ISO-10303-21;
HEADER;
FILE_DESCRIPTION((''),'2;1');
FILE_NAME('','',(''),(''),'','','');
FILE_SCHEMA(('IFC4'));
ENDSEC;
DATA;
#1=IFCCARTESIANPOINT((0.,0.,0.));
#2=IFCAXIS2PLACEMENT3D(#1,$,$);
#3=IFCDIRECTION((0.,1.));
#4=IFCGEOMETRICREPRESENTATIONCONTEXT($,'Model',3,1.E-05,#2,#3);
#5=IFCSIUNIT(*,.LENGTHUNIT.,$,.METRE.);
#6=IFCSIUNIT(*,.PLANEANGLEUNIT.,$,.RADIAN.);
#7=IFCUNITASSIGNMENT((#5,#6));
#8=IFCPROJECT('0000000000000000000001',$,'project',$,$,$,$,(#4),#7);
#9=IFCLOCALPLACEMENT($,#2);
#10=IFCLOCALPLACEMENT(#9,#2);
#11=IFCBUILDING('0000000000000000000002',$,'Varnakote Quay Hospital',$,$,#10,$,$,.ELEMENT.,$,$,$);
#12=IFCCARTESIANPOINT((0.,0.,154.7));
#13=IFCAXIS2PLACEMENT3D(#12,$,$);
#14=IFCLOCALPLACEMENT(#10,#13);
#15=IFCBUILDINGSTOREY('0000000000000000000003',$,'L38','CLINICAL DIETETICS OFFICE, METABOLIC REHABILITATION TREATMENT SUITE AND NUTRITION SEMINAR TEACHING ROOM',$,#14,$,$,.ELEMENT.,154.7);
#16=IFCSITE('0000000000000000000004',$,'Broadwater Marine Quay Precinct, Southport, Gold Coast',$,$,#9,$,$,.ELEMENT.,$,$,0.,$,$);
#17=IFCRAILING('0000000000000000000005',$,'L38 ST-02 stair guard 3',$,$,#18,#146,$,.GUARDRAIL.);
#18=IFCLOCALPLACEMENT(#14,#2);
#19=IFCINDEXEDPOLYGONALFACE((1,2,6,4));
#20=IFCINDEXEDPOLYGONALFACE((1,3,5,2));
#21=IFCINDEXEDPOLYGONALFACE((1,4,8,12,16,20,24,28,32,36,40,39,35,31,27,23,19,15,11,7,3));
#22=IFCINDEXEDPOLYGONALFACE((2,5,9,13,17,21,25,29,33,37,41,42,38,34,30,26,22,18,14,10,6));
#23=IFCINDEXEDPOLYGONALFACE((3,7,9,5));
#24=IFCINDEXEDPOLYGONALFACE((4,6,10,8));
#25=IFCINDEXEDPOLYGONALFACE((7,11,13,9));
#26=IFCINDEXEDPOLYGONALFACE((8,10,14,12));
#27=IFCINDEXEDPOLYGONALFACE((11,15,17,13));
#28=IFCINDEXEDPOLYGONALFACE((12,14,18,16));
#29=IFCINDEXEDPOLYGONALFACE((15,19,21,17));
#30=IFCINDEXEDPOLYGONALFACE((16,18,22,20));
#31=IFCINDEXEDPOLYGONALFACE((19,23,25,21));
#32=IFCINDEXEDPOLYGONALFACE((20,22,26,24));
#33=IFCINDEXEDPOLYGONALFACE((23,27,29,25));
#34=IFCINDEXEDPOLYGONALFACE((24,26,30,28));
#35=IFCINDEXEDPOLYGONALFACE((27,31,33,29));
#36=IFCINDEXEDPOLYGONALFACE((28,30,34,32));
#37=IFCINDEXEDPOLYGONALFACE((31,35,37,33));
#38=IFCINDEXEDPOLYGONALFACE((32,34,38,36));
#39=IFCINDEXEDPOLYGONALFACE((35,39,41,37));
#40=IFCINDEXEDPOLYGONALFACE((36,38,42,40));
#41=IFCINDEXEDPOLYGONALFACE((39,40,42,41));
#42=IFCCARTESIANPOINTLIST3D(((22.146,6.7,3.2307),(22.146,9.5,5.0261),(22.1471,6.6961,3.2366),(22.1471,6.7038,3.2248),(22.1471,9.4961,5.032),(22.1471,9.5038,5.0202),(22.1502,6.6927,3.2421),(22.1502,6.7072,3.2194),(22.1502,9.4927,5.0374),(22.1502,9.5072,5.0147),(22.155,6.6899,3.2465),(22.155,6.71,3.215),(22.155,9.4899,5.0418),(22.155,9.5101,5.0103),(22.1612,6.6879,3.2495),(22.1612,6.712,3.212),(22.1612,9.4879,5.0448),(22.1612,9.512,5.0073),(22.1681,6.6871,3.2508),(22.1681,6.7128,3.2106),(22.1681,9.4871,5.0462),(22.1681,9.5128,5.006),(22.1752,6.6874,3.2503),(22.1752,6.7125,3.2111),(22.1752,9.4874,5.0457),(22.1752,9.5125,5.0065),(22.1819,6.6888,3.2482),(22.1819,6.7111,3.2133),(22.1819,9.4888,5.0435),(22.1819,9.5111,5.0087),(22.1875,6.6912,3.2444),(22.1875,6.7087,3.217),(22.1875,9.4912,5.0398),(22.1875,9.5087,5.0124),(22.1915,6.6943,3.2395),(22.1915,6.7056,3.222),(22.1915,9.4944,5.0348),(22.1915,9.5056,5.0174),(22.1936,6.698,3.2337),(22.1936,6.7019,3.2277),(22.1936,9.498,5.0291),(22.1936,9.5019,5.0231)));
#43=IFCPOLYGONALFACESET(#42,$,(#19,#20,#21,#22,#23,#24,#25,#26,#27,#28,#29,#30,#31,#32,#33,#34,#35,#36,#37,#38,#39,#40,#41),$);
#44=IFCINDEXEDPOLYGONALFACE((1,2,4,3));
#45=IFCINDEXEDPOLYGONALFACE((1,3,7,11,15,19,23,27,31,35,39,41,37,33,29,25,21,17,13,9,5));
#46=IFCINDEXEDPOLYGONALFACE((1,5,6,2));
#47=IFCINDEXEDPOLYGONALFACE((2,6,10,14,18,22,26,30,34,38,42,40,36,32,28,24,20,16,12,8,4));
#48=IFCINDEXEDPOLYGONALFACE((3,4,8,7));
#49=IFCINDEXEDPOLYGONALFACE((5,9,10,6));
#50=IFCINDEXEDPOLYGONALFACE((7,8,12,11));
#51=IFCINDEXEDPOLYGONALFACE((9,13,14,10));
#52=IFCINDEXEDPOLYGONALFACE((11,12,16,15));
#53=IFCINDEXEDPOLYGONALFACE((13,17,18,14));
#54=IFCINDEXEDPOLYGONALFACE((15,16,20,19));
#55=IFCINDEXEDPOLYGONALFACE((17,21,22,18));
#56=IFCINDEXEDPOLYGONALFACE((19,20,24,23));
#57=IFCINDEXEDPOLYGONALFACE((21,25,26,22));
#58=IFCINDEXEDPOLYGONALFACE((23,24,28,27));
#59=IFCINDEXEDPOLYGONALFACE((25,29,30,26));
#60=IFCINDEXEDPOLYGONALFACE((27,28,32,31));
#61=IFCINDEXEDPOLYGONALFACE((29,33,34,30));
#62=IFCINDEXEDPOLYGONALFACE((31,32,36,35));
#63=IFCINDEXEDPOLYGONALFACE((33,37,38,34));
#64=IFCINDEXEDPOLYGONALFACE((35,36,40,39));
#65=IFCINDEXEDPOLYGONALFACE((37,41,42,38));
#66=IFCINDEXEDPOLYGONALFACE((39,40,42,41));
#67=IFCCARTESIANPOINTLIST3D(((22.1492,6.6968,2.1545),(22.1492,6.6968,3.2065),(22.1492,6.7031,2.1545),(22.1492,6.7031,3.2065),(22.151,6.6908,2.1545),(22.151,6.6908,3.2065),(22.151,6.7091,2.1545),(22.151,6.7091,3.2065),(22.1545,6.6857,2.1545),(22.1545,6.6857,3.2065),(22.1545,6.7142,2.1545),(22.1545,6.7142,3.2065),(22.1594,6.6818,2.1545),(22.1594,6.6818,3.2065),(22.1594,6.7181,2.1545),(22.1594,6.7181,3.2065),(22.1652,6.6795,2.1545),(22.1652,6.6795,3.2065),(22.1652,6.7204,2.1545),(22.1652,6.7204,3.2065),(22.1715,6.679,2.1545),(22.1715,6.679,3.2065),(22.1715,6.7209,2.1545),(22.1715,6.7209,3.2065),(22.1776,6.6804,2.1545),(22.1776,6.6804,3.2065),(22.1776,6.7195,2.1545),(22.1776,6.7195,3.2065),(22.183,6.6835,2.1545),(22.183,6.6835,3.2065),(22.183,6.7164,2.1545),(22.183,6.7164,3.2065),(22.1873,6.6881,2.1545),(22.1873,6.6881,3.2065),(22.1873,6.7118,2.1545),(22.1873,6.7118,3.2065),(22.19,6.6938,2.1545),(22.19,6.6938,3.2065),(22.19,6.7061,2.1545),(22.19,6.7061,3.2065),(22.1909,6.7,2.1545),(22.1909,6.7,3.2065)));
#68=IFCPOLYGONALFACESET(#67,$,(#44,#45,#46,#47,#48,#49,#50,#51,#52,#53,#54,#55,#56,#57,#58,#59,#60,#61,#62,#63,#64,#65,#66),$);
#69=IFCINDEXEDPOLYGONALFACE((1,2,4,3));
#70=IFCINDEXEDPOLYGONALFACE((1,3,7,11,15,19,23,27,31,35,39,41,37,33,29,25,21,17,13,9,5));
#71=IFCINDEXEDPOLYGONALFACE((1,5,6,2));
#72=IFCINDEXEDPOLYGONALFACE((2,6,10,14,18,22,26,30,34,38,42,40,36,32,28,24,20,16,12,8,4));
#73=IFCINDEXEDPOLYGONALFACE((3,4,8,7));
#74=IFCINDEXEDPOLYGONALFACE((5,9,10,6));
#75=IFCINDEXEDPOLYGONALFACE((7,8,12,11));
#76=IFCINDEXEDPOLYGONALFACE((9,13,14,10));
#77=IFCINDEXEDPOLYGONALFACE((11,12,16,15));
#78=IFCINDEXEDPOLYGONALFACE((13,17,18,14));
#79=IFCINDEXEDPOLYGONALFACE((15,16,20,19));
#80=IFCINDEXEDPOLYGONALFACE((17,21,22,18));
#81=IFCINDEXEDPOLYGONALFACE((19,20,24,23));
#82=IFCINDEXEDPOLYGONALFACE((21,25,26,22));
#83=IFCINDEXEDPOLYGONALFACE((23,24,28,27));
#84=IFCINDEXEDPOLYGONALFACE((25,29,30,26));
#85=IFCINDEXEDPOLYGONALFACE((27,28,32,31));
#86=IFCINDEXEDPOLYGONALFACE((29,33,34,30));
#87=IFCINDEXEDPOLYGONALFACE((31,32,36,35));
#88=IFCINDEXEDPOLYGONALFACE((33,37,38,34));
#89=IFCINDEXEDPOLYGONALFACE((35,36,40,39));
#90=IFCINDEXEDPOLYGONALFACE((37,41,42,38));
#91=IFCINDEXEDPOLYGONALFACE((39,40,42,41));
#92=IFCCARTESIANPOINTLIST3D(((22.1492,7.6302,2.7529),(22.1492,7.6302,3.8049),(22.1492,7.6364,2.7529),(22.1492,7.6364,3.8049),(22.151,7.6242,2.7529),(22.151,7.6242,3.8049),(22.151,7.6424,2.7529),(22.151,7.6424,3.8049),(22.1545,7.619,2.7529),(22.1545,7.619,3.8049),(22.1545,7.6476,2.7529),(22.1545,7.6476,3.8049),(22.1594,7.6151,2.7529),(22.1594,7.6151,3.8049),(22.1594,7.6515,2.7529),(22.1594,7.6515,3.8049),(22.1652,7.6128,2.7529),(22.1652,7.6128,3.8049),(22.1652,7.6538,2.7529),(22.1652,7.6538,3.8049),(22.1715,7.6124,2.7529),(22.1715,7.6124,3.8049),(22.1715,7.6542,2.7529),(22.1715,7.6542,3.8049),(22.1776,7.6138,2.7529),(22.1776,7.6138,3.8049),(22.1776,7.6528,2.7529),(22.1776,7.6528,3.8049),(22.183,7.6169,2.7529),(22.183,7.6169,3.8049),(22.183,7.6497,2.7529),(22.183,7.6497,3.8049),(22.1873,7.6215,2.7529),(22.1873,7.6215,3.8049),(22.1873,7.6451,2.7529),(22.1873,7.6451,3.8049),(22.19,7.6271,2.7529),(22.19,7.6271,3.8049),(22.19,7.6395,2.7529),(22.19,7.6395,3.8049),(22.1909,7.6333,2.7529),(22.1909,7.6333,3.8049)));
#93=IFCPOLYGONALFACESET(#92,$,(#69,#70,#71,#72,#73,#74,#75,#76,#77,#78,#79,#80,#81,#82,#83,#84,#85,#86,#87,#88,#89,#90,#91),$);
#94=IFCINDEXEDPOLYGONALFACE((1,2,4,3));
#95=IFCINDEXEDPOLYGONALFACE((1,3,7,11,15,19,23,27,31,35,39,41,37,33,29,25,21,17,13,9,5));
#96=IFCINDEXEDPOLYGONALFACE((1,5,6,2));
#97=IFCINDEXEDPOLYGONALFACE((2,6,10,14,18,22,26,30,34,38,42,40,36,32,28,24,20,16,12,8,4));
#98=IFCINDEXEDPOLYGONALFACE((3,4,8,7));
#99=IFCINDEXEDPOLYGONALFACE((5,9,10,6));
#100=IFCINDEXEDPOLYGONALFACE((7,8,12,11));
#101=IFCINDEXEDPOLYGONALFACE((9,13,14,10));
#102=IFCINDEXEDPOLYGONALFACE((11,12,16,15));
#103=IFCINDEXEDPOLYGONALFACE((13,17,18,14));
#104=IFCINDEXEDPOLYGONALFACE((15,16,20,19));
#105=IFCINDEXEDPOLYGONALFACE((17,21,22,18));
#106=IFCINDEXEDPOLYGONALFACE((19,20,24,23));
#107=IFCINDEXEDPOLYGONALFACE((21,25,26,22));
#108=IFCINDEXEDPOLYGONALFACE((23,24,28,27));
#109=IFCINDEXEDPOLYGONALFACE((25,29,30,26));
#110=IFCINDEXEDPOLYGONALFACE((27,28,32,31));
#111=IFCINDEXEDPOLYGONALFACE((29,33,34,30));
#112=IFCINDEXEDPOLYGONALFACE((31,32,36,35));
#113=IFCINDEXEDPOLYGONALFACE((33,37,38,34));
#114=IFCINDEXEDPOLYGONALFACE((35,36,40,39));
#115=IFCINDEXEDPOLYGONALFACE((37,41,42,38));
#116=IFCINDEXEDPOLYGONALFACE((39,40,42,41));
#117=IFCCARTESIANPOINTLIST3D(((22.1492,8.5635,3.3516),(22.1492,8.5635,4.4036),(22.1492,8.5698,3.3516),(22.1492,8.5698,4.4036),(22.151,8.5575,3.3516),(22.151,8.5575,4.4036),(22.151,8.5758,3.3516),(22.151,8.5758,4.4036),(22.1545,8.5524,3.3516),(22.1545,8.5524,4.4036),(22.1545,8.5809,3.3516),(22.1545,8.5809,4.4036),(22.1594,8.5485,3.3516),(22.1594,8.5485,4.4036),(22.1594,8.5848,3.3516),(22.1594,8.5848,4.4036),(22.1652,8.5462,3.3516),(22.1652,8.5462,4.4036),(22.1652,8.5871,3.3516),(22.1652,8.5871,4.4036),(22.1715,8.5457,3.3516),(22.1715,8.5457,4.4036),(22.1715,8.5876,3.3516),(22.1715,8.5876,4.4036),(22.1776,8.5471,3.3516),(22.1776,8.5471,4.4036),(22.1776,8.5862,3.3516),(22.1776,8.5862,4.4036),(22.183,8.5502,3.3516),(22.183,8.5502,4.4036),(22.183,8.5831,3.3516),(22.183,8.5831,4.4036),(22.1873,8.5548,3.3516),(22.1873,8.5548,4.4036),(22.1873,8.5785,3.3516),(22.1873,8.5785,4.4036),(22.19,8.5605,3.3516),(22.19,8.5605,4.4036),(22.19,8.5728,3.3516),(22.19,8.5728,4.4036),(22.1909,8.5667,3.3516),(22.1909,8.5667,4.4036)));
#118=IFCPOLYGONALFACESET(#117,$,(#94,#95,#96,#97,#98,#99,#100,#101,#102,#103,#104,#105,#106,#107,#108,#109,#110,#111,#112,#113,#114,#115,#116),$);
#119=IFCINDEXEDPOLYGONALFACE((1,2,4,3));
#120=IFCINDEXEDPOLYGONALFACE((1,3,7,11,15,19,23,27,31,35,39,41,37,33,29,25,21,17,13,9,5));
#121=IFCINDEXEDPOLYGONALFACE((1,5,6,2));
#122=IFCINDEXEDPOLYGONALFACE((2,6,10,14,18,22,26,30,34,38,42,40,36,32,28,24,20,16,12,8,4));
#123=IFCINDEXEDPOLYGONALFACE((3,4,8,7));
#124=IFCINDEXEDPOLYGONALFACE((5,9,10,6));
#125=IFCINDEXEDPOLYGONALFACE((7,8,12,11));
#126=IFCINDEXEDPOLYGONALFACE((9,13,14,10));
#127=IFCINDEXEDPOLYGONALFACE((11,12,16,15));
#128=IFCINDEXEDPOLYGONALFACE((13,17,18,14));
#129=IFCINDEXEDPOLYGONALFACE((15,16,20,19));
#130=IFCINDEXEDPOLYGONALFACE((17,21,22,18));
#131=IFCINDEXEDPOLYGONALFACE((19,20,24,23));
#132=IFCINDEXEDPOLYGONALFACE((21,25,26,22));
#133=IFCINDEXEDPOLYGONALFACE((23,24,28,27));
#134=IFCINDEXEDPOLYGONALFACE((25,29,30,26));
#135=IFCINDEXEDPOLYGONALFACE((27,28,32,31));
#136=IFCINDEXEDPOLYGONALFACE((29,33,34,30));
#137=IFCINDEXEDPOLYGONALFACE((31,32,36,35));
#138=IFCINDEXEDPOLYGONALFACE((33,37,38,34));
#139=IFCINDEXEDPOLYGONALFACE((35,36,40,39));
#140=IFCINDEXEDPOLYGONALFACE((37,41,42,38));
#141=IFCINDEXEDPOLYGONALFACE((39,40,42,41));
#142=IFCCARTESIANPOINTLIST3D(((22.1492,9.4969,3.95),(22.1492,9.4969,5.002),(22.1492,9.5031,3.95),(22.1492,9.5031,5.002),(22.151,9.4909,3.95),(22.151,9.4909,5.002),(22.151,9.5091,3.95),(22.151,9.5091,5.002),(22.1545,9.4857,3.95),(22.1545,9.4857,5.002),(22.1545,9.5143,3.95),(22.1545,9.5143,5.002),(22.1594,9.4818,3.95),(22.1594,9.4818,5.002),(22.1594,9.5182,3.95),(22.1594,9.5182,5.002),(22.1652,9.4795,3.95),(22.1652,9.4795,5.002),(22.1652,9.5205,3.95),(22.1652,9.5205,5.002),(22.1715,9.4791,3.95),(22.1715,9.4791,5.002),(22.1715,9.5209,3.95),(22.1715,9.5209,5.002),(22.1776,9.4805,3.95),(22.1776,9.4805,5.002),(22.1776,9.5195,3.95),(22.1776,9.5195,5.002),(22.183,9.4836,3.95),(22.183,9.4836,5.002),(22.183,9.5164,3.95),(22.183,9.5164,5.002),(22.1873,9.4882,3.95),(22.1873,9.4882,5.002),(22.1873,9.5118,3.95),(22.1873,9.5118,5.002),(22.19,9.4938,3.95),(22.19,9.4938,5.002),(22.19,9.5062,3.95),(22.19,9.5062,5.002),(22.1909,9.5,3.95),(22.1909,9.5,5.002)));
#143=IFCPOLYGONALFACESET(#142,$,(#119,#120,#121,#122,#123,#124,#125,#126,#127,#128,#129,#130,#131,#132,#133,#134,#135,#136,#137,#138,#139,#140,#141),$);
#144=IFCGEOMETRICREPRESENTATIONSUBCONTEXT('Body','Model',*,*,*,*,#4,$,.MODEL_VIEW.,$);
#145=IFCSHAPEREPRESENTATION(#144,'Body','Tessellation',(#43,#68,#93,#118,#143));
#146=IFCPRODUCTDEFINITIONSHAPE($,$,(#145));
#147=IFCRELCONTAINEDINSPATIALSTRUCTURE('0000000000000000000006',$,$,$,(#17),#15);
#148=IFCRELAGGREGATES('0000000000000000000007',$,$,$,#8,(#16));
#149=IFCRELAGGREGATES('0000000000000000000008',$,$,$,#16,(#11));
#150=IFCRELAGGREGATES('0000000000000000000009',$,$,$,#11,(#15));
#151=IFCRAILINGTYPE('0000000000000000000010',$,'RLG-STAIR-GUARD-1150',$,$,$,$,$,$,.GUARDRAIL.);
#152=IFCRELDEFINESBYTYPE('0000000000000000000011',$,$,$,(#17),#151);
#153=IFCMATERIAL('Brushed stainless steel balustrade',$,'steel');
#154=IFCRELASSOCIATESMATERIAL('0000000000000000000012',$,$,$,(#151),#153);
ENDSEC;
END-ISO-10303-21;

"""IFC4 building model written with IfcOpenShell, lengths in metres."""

from ifc_helpers import new_model, si_unit, direction, frame, origin, origin_2d, place, context, subcontext, project, spatial, circle, extrude, material, type_object, element, save


model = new_model("IFC4")

# Units and contexts
model_context = context("Model", 3, precision=1e-05, world=origin(), true_north=direction((0.0, 1.0)))
body_context = subcontext(model_context, "Body", "Model", "MODEL_VIEW")
ifc_project = project(units=[si_unit("LENGTHUNIT", "METRE"), si_unit("PLANEANGLEUNIT", "RADIAN")], contexts=[model_context])

# Site, building, storey
site_placement = place(None, origin())
site = spatial("IfcSite", under=ifc_project, at=site_placement, Name="Broadwater Marine Quay Precinct, Southport, Gold Coast", CompositionType="ELEMENT", RefElevation=0.0)
building_placement = place(site_placement, origin())
building = spatial("IfcBuilding", under=site, at=building_placement, Name="Varnakote Quay Hospital", CompositionType="ELEMENT")
storey_placement = place(building_placement, frame((0.0, 0.0, 154.7)))
storey = spatial("IfcBuildingStorey", under=building, at=storey_placement, Name="L38", Description="CLINICAL DIETETICS OFFICE, METABOLIC REHABILITATION TREATMENT SUITE AND NUTRITION SEMINAR TEACHING ROOM", CompositionType="ELEMENT", Elevation=154.7)

# Railing
ifc_material_1 = material(Name="Brushed stainless steel balustrade", Category="steel")
railing_type_1 = type_object("IfcRailingType", Name="RLG-STAIR-GUARD-1150", PredefinedType="GUARDRAIL", material=ifc_material_1)
railing_1_placement = place(storey_placement, frame((22.1699, 6.7, 2.1545)))
element("IfcRailing", 1, at=railing_1_placement, inside=storey, type_object=railing_type_1, Name="L38 ST-02 stair guard 3", PredefinedType="GUARDRAIL", context=body_context, shape_type="SweptSolid", body=[
    extrude(circle(Radius=0.0239, at=origin_2d()), frame((0.0, 0.0, 1.0762), z_axis=(0.0, 0.84181, 0.539774), x_axis=(-1.0, 0.0, 0.0)), (0.0, 0.0, 1.0), 3.3262),
    extrude(circle(Radius=0.021, at=origin_2d()), origin(), (0.0, 0.0, 1.0), 1.052),
    extrude(circle(Radius=0.021, at=origin_2d()), frame((0.0, 0.9333, 0.5984)), (0.0, 0.0, 1.0), 1.052),
    extrude(circle(Radius=0.021, at=origin_2d()), frame((0.0, 1.8667, 1.197)), (0.0, 0.0, 1.0), 1.052),
    extrude(circle(Radius=0.021, at=origin_2d()), frame((0.0, 2.8, 1.7954)), (0.0, 0.0, 1.0), 1.052),
])

save(model, "model.ifc")
